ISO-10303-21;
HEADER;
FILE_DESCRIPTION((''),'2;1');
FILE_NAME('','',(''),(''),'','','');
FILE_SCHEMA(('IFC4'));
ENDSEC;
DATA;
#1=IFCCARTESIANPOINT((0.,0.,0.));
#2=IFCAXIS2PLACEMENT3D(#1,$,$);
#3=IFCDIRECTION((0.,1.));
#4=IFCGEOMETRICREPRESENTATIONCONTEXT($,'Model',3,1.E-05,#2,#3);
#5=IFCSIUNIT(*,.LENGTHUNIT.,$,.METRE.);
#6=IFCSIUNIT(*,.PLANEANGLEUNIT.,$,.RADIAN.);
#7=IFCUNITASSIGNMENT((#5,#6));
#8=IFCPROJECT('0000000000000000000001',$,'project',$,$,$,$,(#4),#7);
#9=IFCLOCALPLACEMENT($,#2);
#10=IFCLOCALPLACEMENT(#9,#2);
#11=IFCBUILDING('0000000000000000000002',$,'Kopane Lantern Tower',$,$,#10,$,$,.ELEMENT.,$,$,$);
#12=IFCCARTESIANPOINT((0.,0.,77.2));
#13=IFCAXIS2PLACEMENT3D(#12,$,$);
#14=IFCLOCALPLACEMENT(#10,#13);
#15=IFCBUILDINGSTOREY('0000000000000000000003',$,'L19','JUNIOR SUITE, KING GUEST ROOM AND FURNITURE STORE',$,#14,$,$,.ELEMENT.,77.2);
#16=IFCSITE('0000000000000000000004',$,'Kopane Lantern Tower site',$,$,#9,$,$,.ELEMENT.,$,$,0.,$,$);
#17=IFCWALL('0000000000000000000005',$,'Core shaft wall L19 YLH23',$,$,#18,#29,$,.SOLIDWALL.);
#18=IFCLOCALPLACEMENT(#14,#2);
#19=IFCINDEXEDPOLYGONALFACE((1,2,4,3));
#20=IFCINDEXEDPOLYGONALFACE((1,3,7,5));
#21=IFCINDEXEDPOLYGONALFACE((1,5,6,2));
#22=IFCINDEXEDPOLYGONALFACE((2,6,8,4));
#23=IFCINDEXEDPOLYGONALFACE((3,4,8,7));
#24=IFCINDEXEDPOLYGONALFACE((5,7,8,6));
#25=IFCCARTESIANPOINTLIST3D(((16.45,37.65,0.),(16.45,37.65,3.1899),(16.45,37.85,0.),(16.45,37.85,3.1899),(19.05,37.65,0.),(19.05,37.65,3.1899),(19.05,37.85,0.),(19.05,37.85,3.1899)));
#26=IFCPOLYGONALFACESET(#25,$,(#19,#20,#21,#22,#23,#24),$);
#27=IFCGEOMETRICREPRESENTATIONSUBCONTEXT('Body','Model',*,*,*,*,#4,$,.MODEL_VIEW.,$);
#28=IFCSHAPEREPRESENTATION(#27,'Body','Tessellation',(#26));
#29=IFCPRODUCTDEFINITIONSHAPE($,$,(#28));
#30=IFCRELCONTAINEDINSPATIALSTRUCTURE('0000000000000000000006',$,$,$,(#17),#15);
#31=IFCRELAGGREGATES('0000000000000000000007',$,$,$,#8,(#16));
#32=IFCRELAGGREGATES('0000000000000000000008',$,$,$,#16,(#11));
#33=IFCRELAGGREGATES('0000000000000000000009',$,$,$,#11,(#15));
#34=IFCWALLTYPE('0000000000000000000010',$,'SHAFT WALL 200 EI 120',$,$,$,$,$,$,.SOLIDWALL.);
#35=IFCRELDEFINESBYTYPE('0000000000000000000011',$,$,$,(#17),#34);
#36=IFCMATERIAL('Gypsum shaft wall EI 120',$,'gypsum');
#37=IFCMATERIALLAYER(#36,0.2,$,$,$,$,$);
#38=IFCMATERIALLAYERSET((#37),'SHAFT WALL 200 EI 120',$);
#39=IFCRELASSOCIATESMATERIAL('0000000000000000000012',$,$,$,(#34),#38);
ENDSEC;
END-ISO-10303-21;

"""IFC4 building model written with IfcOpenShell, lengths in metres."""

from ifc_helpers import new_model, si_unit, direction, frame, frame_2d, origin, place, context, subcontext, project, spatial, rectangle, extrude, material, layer, layer_set, type_object, element, save


model = new_model("IFC4")

# Units and contexts
model_context = context("Model", 3, precision=1e-05, world=origin(), true_north=direction((0.0, 1.0)))
body_context = subcontext(model_context, "Body", "Model", "MODEL_VIEW")
ifc_project = project(units=[si_unit("LENGTHUNIT", "METRE"), si_unit("PLANEANGLEUNIT", "RADIAN")], contexts=[model_context])

# Site, building, storey
site_placement = place(None, origin())
site = spatial("IfcSite", under=ifc_project, at=site_placement, Name="Kopane Lantern Tower site", CompositionType="ELEMENT", RefElevation=0.0)
building_placement = place(site_placement, origin())
building = spatial("IfcBuilding", under=site, at=building_placement, Name="Kopane Lantern Tower", CompositionType="ELEMENT")
storey_placement = place(building_placement, frame((0.0, 0.0, 77.2)))
storey = spatial("IfcBuildingStorey", under=building, at=storey_placement, Name="L19", Description="JUNIOR SUITE, KING GUEST ROOM AND FURNITURE STORE", CompositionType="ELEMENT", Elevation=77.2)

# Wall
ifc_material_1 = material(Name="Gypsum shaft wall EI 120", Category="gypsum")
ifc_layer_1 = layer(ifc_material_1, 0.2)
ifc_layer_set_1 = layer_set([ifc_layer_1], Name="SHAFT WALL 200 EI 120")
wall_type_1 = type_object("IfcWallType", Name="SHAFT WALL 200 EI 120", PredefinedType="SOLIDWALL", material=ifc_layer_set_1)
wall_1_placement = place(storey_placement, frame((16.45, 37.75, 0.0), z_axis=(0.0, 0.0, 1.0), x_axis=(1.0, 0.0, 0.0)))
element("IfcWall", 1, at=wall_1_placement, inside=storey, type_object=wall_type_1, Name="Core shaft wall L19 YLH23", PredefinedType="SOLIDWALL", context=body_context, shape_type="SweptSolid", body=[
    extrude(rectangle(XDim=2.6001, YDim=0.2, at=frame_2d((1.3, 0.0))), origin(), (0.0, 0.0, 1.0), 3.1899),
])

save(model, "model.ifc")
